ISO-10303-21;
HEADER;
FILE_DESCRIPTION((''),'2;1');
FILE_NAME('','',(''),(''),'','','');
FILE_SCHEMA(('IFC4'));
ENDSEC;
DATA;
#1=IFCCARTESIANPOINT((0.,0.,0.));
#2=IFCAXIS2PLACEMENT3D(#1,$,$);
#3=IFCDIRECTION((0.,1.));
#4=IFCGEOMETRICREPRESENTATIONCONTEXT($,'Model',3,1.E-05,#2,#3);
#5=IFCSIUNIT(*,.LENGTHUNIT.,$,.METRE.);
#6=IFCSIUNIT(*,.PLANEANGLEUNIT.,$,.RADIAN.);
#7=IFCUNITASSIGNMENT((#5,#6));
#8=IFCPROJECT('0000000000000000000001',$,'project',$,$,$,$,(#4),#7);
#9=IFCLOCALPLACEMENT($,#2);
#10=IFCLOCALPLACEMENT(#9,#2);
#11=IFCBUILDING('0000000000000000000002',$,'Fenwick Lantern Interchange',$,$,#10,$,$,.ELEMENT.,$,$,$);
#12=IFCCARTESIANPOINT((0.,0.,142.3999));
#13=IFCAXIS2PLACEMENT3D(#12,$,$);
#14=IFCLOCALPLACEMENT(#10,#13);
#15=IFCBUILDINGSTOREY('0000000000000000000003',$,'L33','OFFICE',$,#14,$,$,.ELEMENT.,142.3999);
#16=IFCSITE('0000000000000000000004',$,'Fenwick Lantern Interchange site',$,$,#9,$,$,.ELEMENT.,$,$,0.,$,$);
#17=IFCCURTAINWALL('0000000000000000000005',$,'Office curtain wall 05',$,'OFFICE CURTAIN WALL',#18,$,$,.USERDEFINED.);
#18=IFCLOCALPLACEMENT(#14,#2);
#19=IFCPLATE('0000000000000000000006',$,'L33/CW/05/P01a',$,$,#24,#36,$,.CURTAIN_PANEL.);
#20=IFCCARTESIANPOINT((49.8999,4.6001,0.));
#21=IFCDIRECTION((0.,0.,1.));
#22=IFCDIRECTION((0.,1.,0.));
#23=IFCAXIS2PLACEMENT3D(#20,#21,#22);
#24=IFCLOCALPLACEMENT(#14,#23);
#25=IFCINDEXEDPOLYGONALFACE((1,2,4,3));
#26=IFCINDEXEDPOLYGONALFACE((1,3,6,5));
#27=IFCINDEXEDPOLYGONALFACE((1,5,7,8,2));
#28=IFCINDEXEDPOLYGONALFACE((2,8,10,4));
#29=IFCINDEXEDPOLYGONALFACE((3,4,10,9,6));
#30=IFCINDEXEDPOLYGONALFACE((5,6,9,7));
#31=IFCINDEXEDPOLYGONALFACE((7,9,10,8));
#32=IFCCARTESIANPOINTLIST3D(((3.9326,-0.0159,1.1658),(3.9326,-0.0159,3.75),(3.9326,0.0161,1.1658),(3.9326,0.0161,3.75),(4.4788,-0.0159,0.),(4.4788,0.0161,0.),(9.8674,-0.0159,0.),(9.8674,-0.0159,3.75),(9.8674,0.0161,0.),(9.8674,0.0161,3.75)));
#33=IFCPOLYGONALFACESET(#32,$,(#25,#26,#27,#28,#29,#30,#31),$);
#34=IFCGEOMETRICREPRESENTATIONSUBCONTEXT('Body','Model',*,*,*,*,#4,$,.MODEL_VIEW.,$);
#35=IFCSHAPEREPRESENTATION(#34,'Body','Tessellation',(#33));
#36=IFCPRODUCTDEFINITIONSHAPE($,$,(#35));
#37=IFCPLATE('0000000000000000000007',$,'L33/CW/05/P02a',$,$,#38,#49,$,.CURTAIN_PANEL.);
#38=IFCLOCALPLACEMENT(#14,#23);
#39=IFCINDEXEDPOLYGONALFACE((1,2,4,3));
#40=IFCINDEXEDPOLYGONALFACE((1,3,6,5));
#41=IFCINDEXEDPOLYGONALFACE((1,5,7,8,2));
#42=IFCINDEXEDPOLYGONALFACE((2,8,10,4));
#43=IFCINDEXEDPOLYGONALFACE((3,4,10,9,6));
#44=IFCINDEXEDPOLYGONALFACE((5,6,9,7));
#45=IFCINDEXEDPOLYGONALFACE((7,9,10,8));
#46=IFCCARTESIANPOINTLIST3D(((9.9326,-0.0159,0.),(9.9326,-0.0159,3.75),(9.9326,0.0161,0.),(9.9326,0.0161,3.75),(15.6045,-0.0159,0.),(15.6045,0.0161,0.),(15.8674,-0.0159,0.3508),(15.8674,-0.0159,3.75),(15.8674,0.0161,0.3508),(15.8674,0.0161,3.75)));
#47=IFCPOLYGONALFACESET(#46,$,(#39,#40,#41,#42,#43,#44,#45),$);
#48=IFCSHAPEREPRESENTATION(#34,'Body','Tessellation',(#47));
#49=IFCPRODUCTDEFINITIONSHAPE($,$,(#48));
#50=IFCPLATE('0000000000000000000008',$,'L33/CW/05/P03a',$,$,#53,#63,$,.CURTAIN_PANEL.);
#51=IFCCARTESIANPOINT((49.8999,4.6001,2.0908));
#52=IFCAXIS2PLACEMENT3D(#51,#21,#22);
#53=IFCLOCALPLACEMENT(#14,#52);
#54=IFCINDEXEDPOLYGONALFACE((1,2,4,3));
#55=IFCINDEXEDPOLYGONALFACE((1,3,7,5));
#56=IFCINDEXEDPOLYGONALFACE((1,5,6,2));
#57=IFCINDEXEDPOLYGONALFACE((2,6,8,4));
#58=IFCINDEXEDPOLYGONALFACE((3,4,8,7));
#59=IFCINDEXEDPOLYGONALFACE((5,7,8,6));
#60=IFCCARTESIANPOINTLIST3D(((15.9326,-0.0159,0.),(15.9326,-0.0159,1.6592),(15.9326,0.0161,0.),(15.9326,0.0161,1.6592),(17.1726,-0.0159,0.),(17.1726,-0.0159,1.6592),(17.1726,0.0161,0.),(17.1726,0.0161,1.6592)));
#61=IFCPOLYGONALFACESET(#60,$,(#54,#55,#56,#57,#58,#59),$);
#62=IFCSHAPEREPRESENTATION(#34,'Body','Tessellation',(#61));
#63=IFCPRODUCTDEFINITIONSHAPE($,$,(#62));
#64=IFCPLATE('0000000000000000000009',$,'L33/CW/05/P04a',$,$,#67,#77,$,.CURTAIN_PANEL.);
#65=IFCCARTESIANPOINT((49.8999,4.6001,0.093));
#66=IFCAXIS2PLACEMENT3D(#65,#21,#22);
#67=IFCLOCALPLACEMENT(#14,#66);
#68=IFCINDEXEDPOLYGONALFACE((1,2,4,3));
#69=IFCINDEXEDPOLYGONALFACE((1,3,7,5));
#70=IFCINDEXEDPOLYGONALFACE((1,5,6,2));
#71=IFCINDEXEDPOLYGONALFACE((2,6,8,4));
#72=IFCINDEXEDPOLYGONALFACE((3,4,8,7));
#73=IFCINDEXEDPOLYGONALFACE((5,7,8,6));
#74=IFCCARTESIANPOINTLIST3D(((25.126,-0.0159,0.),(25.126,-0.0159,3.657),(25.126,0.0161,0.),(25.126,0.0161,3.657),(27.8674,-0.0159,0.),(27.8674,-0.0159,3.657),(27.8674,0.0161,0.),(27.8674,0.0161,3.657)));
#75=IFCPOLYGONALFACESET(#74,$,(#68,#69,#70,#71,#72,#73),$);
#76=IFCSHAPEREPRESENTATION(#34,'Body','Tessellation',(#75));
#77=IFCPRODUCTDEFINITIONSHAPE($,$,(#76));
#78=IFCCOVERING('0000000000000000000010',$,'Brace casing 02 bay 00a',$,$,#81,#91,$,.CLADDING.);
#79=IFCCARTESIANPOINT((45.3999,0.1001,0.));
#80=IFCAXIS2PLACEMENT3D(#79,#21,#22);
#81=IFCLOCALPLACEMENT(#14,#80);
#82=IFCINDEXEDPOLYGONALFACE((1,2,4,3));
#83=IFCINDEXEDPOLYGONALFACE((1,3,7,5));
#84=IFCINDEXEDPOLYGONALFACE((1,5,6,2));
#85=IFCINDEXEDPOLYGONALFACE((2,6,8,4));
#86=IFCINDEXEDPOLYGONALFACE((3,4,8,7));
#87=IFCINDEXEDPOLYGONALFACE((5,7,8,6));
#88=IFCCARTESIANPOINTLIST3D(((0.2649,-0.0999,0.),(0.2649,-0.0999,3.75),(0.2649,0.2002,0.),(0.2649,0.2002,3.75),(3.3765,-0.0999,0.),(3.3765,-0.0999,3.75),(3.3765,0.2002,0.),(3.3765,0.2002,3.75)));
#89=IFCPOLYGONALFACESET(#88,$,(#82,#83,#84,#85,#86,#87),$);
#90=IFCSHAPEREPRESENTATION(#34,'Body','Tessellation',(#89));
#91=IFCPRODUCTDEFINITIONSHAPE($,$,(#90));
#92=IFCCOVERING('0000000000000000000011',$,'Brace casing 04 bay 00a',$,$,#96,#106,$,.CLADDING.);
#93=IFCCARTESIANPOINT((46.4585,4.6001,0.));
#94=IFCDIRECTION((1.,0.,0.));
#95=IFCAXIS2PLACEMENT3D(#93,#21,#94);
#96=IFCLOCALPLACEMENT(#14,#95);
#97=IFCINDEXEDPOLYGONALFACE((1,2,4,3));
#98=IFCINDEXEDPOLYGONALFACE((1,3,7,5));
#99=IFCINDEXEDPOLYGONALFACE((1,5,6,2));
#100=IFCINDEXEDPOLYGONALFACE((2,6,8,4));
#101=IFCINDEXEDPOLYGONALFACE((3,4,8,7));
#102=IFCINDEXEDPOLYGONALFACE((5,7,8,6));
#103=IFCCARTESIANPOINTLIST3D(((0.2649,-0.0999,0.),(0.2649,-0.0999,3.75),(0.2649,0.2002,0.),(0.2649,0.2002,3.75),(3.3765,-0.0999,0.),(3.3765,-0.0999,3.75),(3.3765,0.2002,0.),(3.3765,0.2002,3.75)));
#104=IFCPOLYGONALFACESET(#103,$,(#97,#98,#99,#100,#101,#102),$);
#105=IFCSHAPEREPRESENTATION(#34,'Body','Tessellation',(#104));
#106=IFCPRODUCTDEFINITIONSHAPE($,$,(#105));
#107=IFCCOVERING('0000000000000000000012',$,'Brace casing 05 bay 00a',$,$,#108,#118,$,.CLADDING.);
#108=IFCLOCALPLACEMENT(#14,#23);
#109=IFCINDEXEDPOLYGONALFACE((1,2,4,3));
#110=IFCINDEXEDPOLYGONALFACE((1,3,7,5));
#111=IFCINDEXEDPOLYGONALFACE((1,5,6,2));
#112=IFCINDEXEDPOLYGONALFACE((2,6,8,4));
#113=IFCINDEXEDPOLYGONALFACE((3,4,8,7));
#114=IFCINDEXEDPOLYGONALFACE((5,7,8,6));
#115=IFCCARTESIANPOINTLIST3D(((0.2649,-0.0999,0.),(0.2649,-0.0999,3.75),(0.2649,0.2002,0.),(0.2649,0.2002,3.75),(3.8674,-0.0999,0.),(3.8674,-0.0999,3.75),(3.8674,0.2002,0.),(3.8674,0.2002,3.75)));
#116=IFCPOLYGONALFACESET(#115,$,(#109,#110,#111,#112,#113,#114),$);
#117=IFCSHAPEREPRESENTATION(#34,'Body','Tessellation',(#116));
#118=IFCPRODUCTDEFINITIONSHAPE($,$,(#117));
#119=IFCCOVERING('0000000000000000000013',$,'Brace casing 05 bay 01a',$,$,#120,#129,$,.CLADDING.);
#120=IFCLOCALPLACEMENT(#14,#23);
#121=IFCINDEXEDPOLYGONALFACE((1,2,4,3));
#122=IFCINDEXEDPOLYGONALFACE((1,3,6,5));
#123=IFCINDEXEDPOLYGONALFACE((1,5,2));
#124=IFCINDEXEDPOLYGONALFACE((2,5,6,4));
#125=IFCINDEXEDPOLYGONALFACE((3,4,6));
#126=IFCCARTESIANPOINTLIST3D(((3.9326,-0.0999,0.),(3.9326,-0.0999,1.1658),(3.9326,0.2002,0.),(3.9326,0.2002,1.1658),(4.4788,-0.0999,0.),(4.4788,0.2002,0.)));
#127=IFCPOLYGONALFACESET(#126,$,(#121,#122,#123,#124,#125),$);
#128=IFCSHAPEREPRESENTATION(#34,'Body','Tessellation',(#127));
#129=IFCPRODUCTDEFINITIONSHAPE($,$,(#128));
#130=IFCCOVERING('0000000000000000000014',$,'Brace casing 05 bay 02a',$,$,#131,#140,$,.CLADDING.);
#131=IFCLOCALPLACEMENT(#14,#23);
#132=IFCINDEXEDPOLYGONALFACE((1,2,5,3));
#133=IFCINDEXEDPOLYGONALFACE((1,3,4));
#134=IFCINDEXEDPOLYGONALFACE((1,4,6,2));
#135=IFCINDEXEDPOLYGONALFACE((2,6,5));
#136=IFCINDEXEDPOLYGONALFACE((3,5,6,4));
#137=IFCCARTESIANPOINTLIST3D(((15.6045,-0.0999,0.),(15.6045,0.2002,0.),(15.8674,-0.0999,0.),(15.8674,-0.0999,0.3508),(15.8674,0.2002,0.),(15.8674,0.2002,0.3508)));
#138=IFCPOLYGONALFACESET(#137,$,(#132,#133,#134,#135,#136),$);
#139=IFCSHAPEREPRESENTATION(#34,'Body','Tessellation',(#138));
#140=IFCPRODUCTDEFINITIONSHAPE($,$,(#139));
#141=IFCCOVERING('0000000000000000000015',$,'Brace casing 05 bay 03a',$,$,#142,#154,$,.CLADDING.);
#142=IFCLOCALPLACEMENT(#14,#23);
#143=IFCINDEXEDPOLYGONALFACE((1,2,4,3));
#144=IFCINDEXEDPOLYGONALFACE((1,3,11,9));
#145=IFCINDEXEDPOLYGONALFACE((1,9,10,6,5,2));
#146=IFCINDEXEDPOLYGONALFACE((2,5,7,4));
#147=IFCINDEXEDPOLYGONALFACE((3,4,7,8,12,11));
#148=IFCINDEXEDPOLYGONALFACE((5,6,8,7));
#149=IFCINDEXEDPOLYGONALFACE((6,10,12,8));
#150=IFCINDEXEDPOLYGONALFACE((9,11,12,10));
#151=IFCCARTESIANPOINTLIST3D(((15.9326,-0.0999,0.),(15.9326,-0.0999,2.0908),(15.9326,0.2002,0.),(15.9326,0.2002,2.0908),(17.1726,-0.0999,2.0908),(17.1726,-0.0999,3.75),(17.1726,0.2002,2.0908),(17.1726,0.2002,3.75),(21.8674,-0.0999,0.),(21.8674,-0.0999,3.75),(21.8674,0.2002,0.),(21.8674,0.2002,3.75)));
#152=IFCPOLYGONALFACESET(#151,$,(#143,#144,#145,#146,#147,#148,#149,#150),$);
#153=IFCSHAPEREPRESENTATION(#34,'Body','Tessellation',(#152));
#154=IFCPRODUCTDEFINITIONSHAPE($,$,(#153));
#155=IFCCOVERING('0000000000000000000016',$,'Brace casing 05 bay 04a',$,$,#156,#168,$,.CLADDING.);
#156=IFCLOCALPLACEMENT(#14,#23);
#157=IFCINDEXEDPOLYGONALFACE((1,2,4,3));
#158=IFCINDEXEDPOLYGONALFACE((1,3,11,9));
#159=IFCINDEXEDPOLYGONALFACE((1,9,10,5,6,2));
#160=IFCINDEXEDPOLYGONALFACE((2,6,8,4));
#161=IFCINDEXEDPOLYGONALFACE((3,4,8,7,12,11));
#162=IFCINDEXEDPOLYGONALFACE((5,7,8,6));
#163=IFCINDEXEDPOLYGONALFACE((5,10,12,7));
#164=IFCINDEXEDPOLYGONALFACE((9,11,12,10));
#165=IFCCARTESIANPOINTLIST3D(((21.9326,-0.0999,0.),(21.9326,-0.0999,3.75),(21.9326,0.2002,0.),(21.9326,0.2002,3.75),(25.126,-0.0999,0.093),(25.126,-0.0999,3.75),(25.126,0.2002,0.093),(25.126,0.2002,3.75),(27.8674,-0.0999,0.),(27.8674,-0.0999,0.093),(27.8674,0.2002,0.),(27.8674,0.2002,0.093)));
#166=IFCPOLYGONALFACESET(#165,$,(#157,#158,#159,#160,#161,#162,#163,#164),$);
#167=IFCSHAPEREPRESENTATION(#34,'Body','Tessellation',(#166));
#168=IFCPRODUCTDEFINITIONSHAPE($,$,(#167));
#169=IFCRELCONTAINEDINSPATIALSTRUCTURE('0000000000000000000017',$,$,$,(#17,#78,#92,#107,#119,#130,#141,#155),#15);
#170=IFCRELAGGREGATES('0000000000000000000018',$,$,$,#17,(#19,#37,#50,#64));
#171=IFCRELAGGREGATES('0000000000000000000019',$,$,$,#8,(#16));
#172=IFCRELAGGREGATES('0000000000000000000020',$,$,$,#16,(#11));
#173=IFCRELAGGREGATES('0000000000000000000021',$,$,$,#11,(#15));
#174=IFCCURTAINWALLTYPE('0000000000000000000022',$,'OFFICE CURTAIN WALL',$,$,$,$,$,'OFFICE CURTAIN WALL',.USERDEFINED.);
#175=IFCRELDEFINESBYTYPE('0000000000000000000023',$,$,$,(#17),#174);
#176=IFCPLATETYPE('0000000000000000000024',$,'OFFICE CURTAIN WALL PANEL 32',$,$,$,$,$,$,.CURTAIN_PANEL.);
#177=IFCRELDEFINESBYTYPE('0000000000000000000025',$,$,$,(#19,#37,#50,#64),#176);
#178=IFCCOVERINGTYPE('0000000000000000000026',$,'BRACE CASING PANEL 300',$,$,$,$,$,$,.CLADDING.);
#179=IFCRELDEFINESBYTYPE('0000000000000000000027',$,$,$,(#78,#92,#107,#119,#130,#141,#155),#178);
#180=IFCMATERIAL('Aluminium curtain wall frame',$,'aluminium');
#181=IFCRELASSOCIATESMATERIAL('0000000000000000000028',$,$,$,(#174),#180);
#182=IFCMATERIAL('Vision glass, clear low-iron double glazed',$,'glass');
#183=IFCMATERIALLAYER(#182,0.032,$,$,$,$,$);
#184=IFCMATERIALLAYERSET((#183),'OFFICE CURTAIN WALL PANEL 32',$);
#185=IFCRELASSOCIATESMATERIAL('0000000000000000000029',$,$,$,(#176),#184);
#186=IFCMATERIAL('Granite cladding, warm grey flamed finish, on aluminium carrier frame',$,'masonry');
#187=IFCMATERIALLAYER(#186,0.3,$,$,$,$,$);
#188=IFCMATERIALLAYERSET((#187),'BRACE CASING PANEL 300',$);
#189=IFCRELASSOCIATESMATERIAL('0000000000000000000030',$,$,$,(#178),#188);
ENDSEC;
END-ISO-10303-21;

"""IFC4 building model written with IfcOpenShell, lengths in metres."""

from ifc_helpers import new_model, si_unit, direction, frame, origin, place, context, subcontext, project, spatial, polyline, outline, extrude, material, layer, layer_set, type_object, element, aggregate, save


model = new_model("IFC4")

# Units and contexts
model_context = context("Model", 3, precision=1e-05, world=origin(), true_north=direction((0.0, 1.0)))
body_context = subcontext(model_context, "Body", "Model", "MODEL_VIEW")
ifc_project = project(units=[si_unit("LENGTHUNIT", "METRE"), si_unit("PLANEANGLEUNIT", "RADIAN")], contexts=[model_context])

# Site, building, storey
site_placement = place(None, origin())
site = spatial("IfcSite", under=ifc_project, at=site_placement, Name="Fenwick Lantern Interchange site", CompositionType="ELEMENT", RefElevation=0.0)
building_placement = place(site_placement, origin())
building = spatial("IfcBuilding", under=site, at=building_placement, Name="Fenwick Lantern Interchange", CompositionType="ELEMENT")
storey_placement = place(building_placement, frame((0.0, 0.0, 142.3999)))
storey = spatial("IfcBuildingStorey", under=building, at=storey_placement, Name="L33", Description="OFFICE", CompositionType="ELEMENT", Elevation=142.3999)

# Shared definitions
ifc_material_1 = material(Name="Aluminium curtain wall frame", Category="aluminium")
curtain_wall_type = type_object("IfcCurtainWallType", Name="OFFICE CURTAIN WALL", ElementType="OFFICE CURTAIN WALL", PredefinedType="USERDEFINED", material=ifc_material_1)

# Shared definitions
ifc_material_2 = material(Name="Vision glass, clear low-iron double glazed", Category="glass")
ifc_layer_1 = layer(ifc_material_2, 0.032)
ifc_layer_set_1 = layer_set([ifc_layer_1], Name="OFFICE CURTAIN WALL PANEL 32")
plate_type = type_object("IfcPlateType", Name="OFFICE CURTAIN WALL PANEL 32", PredefinedType="CURTAIN_PANEL", material=ifc_layer_set_1)

# Curtain wall, plates
curtain_wall_1_placement = place(storey_placement, origin())
curtain_wall_1 = element("IfcCurtainWall", 1, at=curtain_wall_1_placement, inside=storey, type_object=curtain_wall_type, Name="Office curtain wall 05", ObjectType="OFFICE CURTAIN WALL", PredefinedType="USERDEFINED")
plate_1_placement = place(storey_placement, frame((49.8999, 4.6001, 0.0), z_axis=(0.0, 0.0, 1.0), x_axis=(0.0, 1.0, 0.0)))
plate_1 = element("IfcPlate", 2, at=plate_1_placement, type_object=plate_type, Name="L33/CW/05/P01a", PredefinedType="CURTAIN_PANEL", context=body_context, shape_type="SweptSolid", body=[
    extrude(outline(polyline([(4.4788, 0.0), (9.8674, 0.0), (9.8674, 3.75), (3.9326, 3.75), (3.9326, 1.1658), (4.4788, 0.0)])), frame((0.0, 0.0161, 0.0), z_axis=(0.0, -1.0, 0.0), x_axis=(1.0, 0.0, 0.0)), (0.0, 0.0, 1.0), 0.032),
])
plate_2_placement = place(storey_placement, frame((49.8999, 4.6001, 0.0), z_axis=(0.0, 0.0, 1.0), x_axis=(0.0, 1.0, 0.0)))
plate_2 = element("IfcPlate", 3, at=plate_2_placement, type_object=plate_type, Name="L33/CW/05/P02a", PredefinedType="CURTAIN_PANEL", context=body_context, shape_type="SweptSolid", body=[
    extrude(outline(polyline([(9.9326, 0.0), (15.6045, 0.0), (15.8674, 0.3508), (15.8674, 3.75), (9.9326, 3.75), (9.9326, 0.0)])), frame((0.0, 0.0161, 0.0), z_axis=(0.0, -1.0, 0.0), x_axis=(1.0, 0.0, 0.0)), (0.0, 0.0, 1.0), 0.032),
])
plate_3_placement = place(storey_placement, frame((49.8999, 4.6001, 2.0908), z_axis=(0.0, 0.0, 1.0), x_axis=(0.0, 1.0, 0.0)))
plate_3 = element("IfcPlate", 4, at=plate_3_placement, type_object=plate_type, Name="L33/CW/05/P03a", PredefinedType="CURTAIN_PANEL", context=body_context, shape_type="SweptSolid", body=[
    extrude(outline(polyline([(15.9326, 0.0), (17.1726, 0.0), (17.1726, 1.6592), (15.9326, 1.6592), (15.9326, 0.0)])), frame((0.0, 0.0161, 0.0), z_axis=(0.0, -1.0, 0.0), x_axis=(1.0, 0.0, 0.0)), (0.0, 0.0, 1.0), 0.032),
])
plate_4_placement = place(storey_placement, frame((49.8999, 4.6001, 0.093), z_axis=(0.0, 0.0, 1.0), x_axis=(0.0, 1.0, 0.0)))
plate_4 = element("IfcPlate", 5, at=plate_4_placement, type_object=plate_type, Name="L33/CW/05/P04a", PredefinedType="CURTAIN_PANEL", context=body_context, shape_type="SweptSolid", body=[
    extrude(outline(polyline([(25.126, 0.0), (27.8674, 0.0), (27.8674, 3.657), (25.126, 3.657), (25.126, 0.0)])), frame((0.0, 0.0161, 0.0), z_axis=(0.0, -1.0, 0.0), x_axis=(1.0, 0.0, 0.0)), (0.0, 0.0, 1.0), 0.032),
])
aggregate(curtain_wall_1, [plate_1, plate_2, plate_3, plate_4])

# Coverings
ifc_material_3 = material(Name="Granite cladding, warm grey flamed finish, on aluminium carrier frame", Category="masonry")
ifc_layer_2 = layer(ifc_material_3, 0.3)
ifc_layer_set_2 = layer_set([ifc_layer_2], Name="BRACE CASING PANEL 300")
covering_type = type_object("IfcCoveringType", Name="BRACE CASING PANEL 300", PredefinedType="CLADDING", material=ifc_layer_set_2)
for number, where, z_axis, x_axis, name in (
    (6, (45.3999, 0.1001, 0.0), (0.0, 0.0, 1.0), (0.0, 1.0, 0.0), "Brace casing 02 bay 00a"),
    (7, (46.4585, 4.6001, 0.0), (0.0, 0.0, 1.0), (1.0, 0.0, 0.0), "Brace casing 04 bay 00a"),
):
    element("IfcCovering", number, at=place(storey_placement, frame(where, z_axis=z_axis, x_axis=x_axis)), inside=storey, type_object=covering_type, Name=name, PredefinedType="CLADDING", context=body_context, shape_type="SweptSolid", body=[
        extrude(outline(polyline([(0.2649, 0.0), (3.3765, 0.0), (3.3765, 3.75), (0.2649, 3.75), (0.2649, 0.0)])), frame((0.0, 0.2002, 0.0), z_axis=(0.0, -1.0, 0.0), x_axis=(1.0, 0.0, 0.0)), (0.0, 0.0, 1.0), 0.3),
    ])
covering_1_placement = place(storey_placement, frame((49.8999, 4.6001, 0.0), z_axis=(0.0, 0.0, 1.0), x_axis=(0.0, 1.0, 0.0)))
element("IfcCovering", 8, at=covering_1_placement, inside=storey, type_object=covering_type, Name="Brace casing 05 bay 00a", PredefinedType="CLADDING", context=body_context, shape_type="SweptSolid", body=[
    extrude(outline(polyline([(0.2649, 0.0), (3.8674, 0.0), (3.8674, 3.75), (0.2649, 3.75), (0.2649, 0.0)])), frame((0.0, 0.2002, 0.0), z_axis=(0.0, -1.0, 0.0), x_axis=(1.0, 0.0, 0.0)), (0.0, 0.0, 1.0), 0.3),
])
covering_2_placement = place(storey_placement, frame((49.8999, 4.6001, 0.0), z_axis=(0.0, 0.0, 1.0), x_axis=(0.0, 1.0, 0.0)))
element("IfcCovering", 9, at=covering_2_placement, inside=storey, type_object=covering_type, Name="Brace casing 05 bay 01a", PredefinedType="CLADDING", context=body_context, shape_type="SweptSolid", body=[
    extrude(outline(polyline([(3.9326, 0.0), (4.4788, 0.0), (3.9326, 1.1658), (3.9326, 0.0)])), frame((0.0, 0.2002, 0.0), z_axis=(0.0, -1.0, 0.0), x_axis=(1.0, 0.0, 0.0)), (0.0, 0.0, 1.0), 0.3),
])
covering_3_placement = place(storey_placement, frame((49.8999, 4.6001, 0.0), z_axis=(0.0, 0.0, 1.0), x_axis=(0.0, 1.0, 0.0)))
element("IfcCovering", 10, at=covering_3_placement, inside=storey, type_object=covering_type, Name="Brace casing 05 bay 02a", PredefinedType="CLADDING", context=body_context, shape_type="SweptSolid", body=[
    extrude(outline(polyline([(15.6045, 0.0), (15.8674, 0.0), (15.8674, 0.3508), (15.6045, 0.0)])), frame((0.0, 0.2002, 0.0), z_axis=(0.0, -1.0, 0.0), x_axis=(1.0, 0.0, 0.0)), (0.0, 0.0, 1.0), 0.3),
])
covering_4_placement = place(storey_placement, frame((49.8999, 4.6001, 0.0), z_axis=(0.0, 0.0, 1.0), x_axis=(0.0, 1.0, 0.0)))
element("IfcCovering", 11, at=covering_4_placement, inside=storey, type_object=covering_type, Name="Brace casing 05 bay 03a", PredefinedType="CLADDING", context=body_context, shape_type="SweptSolid", body=[
    extrude(outline(polyline([(15.9326, 0.0), (21.8674, 0.0), (21.8674, 3.75), (17.1726, 3.75), (17.1726, 2.0908), (15.9326, 2.0908), (15.9326, 0.0)])), frame((0.0, 0.2002, 0.0), z_axis=(0.0, -1.0, 0.0), x_axis=(1.0, 0.0, 0.0)), (0.0, 0.0, 1.0), 0.3),
])
covering_5_placement = place(storey_placement, frame((49.8999, 4.6001, 0.0), z_axis=(0.0, 0.0, 1.0), x_axis=(0.0, 1.0, 0.0)))
element("IfcCovering", 12, at=covering_5_placement, inside=storey, type_object=covering_type, Name="Brace casing 05 bay 04a", PredefinedType="CLADDING", context=body_context, shape_type="SweptSolid", body=[
    extrude(outline(polyline([(21.9326, 0.0), (27.8674, 0.0), (27.8674, 0.093), (25.126, 0.093), (25.126, 3.75), (21.9326, 3.75), (21.9326, 0.0)])), frame((0.0, 0.2002, 0.0), z_axis=(0.0, -1.0, 0.0), x_axis=(1.0, 0.0, 0.0)), (0.0, 0.0, 1.0), 0.3),
])

save(model, "model.ifc")
